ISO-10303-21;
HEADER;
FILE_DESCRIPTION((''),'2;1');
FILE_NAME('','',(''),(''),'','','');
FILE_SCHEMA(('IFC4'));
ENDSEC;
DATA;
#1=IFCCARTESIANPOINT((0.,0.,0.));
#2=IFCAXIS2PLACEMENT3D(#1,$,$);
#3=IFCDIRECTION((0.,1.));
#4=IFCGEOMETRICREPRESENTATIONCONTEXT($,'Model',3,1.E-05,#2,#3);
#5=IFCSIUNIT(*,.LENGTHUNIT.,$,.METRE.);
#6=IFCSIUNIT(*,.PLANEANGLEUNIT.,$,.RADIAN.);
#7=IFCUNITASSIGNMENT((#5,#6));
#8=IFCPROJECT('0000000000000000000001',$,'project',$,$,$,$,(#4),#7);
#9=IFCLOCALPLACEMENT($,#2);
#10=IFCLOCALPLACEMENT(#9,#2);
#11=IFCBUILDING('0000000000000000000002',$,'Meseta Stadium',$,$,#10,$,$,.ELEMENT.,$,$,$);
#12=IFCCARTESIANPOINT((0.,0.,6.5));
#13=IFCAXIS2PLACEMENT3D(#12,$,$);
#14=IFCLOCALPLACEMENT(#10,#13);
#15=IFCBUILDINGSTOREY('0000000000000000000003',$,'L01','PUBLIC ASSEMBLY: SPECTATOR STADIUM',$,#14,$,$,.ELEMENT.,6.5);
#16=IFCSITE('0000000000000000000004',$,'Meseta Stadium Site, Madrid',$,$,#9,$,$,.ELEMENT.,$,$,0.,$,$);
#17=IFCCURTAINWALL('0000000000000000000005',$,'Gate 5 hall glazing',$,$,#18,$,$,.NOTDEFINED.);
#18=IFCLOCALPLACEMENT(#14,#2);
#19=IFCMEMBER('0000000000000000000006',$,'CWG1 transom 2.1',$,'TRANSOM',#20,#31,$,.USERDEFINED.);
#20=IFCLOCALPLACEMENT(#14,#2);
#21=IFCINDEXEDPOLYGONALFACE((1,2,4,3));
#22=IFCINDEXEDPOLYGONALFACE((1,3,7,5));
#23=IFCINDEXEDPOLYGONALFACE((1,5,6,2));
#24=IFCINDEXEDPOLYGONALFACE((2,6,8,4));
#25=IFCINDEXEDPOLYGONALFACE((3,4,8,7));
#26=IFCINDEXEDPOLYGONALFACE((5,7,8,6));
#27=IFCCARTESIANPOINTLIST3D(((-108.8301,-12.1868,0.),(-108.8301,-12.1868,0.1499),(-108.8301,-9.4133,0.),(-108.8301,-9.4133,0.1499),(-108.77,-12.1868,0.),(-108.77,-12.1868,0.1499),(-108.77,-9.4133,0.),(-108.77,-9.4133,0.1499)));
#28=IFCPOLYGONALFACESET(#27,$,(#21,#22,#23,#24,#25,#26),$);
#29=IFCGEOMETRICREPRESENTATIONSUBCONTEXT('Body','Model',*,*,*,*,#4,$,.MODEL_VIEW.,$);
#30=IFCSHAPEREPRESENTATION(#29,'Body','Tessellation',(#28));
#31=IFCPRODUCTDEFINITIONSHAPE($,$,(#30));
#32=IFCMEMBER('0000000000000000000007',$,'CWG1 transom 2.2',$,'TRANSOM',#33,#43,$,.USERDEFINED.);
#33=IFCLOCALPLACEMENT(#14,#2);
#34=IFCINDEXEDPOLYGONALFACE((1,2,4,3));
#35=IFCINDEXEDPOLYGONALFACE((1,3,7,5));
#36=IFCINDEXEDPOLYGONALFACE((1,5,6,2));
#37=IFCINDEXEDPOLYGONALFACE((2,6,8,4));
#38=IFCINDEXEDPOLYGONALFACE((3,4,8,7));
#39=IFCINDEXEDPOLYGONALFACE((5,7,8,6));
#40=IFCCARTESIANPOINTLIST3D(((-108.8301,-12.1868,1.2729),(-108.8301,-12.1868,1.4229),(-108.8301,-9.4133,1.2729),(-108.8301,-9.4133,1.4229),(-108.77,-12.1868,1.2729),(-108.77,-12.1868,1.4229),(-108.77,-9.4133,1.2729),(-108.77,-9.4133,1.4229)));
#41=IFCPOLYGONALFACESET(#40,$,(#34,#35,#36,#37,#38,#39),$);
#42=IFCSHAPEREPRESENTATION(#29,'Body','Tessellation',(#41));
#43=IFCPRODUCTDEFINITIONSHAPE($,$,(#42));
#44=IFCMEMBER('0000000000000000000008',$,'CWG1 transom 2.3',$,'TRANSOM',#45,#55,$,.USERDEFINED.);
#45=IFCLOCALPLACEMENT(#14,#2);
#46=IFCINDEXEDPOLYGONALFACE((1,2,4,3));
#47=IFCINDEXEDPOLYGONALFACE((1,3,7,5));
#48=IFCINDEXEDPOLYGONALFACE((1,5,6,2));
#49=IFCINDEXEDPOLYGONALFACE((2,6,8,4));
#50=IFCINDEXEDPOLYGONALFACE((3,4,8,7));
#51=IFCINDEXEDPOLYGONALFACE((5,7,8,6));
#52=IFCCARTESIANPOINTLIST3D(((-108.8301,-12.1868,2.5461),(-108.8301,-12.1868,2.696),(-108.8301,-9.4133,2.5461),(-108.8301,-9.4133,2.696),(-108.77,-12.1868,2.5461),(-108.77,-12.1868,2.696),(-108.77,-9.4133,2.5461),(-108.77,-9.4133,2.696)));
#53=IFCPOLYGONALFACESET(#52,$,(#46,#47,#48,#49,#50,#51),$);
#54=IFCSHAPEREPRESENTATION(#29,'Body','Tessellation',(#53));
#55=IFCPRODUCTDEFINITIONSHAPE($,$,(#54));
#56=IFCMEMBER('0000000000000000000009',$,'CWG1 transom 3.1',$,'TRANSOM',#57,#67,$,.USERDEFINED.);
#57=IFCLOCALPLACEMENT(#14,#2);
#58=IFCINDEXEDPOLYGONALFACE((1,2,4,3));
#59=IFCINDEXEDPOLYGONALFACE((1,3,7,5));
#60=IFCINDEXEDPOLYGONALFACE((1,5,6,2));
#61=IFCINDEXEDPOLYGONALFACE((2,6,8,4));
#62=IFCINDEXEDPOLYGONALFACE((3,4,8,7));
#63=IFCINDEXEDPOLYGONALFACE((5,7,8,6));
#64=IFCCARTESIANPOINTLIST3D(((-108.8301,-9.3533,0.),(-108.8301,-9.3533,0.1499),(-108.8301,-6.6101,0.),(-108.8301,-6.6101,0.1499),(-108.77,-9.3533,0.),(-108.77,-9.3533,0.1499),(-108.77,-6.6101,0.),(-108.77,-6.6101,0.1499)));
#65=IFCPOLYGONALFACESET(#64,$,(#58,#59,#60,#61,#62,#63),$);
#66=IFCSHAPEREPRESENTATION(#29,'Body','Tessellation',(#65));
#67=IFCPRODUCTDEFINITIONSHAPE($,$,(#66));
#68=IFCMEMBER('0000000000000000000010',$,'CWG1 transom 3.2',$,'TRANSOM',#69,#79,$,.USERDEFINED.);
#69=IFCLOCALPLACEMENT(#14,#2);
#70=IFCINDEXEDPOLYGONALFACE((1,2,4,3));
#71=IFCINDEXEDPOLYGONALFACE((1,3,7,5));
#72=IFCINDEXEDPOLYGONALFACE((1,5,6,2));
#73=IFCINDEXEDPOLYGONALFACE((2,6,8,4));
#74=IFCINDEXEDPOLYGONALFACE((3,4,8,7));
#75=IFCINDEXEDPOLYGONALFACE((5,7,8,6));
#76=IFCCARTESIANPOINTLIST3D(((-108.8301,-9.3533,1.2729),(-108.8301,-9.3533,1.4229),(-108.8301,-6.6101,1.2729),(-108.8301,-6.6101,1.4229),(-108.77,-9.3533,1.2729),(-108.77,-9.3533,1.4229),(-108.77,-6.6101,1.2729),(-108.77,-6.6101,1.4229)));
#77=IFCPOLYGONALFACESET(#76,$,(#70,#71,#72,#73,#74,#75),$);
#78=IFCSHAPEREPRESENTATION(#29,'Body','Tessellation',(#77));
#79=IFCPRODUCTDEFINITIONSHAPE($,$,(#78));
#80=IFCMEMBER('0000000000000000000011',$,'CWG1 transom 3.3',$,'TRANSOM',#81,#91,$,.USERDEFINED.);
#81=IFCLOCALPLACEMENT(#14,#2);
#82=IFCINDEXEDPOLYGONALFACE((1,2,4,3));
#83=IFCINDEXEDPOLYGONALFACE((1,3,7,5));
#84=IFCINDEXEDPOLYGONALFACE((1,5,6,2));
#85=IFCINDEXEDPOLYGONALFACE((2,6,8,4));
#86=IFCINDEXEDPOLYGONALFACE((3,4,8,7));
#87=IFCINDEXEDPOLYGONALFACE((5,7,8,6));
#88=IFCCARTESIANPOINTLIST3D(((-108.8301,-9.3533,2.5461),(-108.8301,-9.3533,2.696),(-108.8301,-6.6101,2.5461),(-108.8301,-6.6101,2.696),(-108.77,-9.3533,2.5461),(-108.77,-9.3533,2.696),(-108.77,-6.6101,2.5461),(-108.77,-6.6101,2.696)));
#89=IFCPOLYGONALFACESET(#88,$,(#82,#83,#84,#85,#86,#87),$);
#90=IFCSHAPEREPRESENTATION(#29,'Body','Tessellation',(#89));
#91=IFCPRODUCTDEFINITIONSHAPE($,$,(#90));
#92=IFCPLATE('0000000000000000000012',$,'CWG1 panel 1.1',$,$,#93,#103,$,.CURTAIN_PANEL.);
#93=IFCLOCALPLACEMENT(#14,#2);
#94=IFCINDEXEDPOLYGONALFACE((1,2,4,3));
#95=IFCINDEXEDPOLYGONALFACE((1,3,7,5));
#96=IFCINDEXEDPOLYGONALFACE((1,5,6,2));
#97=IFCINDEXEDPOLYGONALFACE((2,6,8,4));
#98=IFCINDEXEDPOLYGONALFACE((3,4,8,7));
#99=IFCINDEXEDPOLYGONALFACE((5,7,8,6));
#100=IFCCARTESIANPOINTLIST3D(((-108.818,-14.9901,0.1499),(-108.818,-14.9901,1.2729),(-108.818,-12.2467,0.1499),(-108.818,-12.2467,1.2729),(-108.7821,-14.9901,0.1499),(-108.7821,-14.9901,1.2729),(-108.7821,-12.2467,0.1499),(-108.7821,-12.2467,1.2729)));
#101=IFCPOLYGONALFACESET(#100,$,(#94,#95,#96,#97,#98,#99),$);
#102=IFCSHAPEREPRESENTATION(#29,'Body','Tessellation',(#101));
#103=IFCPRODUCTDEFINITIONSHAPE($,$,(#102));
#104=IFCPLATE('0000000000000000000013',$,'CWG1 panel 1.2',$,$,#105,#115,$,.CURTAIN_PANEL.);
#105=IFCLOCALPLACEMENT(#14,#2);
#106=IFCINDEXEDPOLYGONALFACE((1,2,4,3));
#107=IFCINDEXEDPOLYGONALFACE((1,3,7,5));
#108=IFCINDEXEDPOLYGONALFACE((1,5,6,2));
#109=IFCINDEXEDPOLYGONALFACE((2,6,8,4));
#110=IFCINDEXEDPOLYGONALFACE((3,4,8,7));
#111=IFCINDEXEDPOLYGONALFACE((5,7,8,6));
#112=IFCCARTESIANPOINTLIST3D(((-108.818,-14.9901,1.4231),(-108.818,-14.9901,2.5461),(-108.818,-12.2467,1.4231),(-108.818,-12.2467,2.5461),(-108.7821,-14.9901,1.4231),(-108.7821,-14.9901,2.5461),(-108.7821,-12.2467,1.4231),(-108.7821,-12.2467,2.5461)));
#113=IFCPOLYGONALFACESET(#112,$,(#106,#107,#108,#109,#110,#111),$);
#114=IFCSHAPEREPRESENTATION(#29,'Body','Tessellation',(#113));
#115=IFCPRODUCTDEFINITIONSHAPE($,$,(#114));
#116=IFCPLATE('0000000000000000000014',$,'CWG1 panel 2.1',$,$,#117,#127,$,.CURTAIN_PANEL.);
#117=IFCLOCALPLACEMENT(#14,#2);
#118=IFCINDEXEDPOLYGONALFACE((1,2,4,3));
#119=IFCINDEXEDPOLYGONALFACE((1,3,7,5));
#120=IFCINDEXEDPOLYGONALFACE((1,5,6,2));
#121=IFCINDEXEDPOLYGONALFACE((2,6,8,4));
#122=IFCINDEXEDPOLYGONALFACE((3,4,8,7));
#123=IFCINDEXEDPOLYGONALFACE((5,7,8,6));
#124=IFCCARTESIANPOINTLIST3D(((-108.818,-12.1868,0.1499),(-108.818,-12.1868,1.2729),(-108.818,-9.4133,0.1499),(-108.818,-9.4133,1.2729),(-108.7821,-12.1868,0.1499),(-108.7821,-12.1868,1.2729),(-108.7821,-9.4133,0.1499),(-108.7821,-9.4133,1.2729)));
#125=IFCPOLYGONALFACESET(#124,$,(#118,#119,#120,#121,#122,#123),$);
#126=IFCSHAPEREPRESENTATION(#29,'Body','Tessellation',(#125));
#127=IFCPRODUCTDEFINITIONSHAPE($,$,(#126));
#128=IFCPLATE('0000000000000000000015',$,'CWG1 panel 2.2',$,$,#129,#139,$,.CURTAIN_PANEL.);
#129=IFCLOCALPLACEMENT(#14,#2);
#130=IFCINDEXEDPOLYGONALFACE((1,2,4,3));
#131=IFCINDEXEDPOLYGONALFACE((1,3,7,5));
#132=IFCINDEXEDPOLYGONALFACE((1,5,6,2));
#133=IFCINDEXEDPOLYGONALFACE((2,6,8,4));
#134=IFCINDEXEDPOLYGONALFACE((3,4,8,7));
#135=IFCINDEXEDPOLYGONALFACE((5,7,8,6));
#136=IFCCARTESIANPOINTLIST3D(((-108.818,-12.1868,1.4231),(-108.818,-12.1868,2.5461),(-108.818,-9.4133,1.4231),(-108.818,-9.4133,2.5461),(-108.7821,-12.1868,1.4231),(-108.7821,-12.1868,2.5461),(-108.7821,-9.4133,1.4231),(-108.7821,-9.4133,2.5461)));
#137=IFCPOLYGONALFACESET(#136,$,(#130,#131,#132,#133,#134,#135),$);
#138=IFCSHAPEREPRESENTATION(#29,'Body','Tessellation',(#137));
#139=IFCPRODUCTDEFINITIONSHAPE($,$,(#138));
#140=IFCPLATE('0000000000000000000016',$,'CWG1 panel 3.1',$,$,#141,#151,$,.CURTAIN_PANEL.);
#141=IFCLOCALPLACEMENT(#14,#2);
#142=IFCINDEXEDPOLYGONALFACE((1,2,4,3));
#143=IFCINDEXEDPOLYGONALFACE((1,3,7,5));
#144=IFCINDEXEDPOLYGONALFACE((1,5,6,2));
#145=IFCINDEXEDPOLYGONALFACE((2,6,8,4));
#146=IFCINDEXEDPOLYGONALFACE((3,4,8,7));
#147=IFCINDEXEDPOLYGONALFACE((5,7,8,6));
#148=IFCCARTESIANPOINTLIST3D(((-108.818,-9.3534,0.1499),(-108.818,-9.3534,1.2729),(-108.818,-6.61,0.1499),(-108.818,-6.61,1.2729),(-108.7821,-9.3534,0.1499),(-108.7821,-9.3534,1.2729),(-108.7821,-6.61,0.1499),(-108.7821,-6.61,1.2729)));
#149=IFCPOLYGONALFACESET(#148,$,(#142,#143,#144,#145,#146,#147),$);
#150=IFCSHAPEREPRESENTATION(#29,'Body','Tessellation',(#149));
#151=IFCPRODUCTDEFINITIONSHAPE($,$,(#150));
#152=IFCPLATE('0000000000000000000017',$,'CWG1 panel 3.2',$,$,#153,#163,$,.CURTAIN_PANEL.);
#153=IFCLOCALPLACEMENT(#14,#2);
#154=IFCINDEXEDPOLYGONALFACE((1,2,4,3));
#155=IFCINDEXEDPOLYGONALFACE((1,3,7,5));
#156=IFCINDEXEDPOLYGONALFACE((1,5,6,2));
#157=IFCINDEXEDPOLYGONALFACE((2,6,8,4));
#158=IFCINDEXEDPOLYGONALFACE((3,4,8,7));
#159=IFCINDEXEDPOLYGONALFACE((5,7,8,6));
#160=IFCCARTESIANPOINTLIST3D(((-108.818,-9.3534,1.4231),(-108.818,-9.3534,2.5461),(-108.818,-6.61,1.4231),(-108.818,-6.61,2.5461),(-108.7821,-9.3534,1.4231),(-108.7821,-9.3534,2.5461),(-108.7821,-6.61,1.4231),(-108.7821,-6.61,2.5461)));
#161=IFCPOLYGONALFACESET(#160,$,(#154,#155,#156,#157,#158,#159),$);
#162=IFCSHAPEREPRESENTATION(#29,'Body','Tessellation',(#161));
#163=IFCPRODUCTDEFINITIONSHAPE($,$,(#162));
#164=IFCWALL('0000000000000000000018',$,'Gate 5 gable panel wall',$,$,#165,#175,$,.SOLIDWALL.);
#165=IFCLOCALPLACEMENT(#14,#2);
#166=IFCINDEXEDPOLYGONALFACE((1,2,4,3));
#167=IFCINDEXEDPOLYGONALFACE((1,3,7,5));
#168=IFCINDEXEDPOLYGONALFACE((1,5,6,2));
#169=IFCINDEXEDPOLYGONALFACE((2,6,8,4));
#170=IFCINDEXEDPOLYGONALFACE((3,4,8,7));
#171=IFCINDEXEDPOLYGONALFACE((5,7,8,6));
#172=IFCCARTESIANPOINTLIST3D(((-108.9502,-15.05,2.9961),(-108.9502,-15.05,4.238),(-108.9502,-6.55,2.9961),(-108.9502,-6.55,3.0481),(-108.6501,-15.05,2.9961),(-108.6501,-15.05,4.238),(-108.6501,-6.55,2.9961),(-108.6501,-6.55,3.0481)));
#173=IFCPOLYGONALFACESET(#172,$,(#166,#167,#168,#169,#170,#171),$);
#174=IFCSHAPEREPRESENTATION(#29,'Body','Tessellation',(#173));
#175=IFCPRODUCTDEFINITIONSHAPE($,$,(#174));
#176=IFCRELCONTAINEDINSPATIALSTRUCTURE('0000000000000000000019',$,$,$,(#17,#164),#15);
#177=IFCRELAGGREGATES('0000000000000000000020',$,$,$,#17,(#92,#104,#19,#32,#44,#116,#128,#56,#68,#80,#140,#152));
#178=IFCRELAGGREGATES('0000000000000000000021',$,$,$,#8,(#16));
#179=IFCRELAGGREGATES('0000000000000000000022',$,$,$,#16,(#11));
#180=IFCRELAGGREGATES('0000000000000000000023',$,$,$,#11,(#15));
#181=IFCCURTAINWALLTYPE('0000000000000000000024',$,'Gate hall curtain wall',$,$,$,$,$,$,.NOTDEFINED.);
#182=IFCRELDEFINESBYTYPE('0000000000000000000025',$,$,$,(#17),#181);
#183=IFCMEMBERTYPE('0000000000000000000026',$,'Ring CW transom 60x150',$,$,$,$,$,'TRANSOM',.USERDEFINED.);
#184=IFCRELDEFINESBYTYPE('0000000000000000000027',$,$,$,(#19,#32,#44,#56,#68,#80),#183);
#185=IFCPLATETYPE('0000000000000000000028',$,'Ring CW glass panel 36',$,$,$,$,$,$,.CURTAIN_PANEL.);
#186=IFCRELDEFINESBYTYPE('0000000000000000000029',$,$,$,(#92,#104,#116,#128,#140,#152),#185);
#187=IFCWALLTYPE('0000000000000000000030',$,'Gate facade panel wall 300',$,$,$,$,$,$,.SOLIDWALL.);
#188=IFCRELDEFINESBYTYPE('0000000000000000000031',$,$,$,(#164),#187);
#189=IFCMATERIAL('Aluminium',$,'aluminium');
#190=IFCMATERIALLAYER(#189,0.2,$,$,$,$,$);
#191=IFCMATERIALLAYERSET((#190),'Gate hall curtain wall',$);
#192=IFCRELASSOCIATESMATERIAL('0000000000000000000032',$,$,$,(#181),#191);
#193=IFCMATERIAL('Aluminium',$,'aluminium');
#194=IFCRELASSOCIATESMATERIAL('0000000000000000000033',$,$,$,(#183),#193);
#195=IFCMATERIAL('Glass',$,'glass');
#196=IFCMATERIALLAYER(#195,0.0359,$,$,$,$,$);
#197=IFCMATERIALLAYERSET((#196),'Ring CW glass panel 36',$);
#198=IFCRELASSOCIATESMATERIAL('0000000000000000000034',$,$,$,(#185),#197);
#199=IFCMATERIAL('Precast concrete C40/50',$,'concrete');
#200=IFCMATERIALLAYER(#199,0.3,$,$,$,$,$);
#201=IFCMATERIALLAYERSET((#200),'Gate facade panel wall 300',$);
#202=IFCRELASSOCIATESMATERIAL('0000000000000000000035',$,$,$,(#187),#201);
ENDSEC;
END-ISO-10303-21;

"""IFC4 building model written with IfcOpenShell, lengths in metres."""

from ifc_helpers import new_model, si_unit, direction, frame, origin, origin_2d, place, context, subcontext, project, spatial, polyline, rectangle, outline, extrude, material, layer, layer_set, material_profile, profile_set, type_object, element, aggregate, save


model = new_model("IFC4")

# Units and contexts
model_context = context("Model", 3, precision=1e-05, world=origin(), true_north=direction((0.0, 1.0)))
body_context = subcontext(model_context, "Body", "Model", "MODEL_VIEW")
ifc_project = project(units=[si_unit("LENGTHUNIT", "METRE"), si_unit("PLANEANGLEUNIT", "RADIAN")], contexts=[model_context])

# Site, building, storey
site_placement = place(None, origin())
site = spatial("IfcSite", under=ifc_project, at=site_placement, Name="Meseta Stadium Site, Madrid", CompositionType="ELEMENT", RefElevation=0.0)
building_placement = place(site_placement, origin())
building = spatial("IfcBuilding", under=site, at=building_placement, Name="Meseta Stadium", CompositionType="ELEMENT")
storey_placement = place(building_placement, frame((0.0, 0.0, 6.5)))
storey = spatial("IfcBuildingStorey", under=building, at=storey_placement, Name="L01", Description="PUBLIC ASSEMBLY: SPECTATOR STADIUM", CompositionType="ELEMENT", Elevation=6.5)

# Curtain wall, members, plates
ifc_material_1 = material(Name="Aluminium", Category="aluminium")
ifc_layer_1 = layer(ifc_material_1, 0.2)
ifc_layer_set_1 = layer_set([ifc_layer_1], Name="Gate hall curtain wall")
curtain_wall_type = type_object("IfcCurtainWallType", Name="Gate hall curtain wall", PredefinedType="NOTDEFINED", material=ifc_layer_set_1)
curtain_wall_placement = place(storey_placement, origin())
curtain_wall = element("IfcCurtainWall", 1, at=curtain_wall_placement, inside=storey, type_object=curtain_wall_type, Name="Gate 5 hall glazing", PredefinedType="NOTDEFINED")
ifc_material_2 = material(Name="Aluminium", Category="aluminium")
ifc_material_profile_1 = material_profile(ifc_material_2, rectangle(XDim=0.0601, YDim=0.1499, at=origin_2d()), Name="CW 60x150")
ifc_profile_set_1 = profile_set([ifc_material_profile_1], Name="Aluminium")
member_type_1 = type_object("IfcMemberType", Name="Ring CW transom 60x150", ElementType="TRANSOM", PredefinedType="USERDEFINED", material=ifc_profile_set_1)
member_1_placement = place(storey_placement, frame((-108.8, -12.1868, 0.075), z_axis=(0.0, 1.0, 0.0), x_axis=(-1.0, 0.0, 0.0)))
member_1 = element("IfcMember", 2, at=member_1_placement, type_object=member_type_1, Name="CWG1 transom 2.1", ObjectType="TRANSOM", PredefinedType="USERDEFINED", context=body_context, shape_type="SweptSolid", body=[
    extrude(rectangle(XDim=0.0601, YDim=0.1499, at=origin_2d()), origin(), (0.0, 0.0, 1.0), 2.7734),
])
member_2_placement = place(storey_placement, frame((-108.8, -12.1868, 1.3479), z_axis=(0.0, 1.0, 0.0), x_axis=(-1.0, 0.0, 0.0)))
member_2 = element("IfcMember", 3, at=member_2_placement, type_object=member_type_1, Name="CWG1 transom 2.2", ObjectType="TRANSOM", PredefinedType="USERDEFINED", context=body_context, shape_type="SweptSolid", body=[
    extrude(rectangle(XDim=0.0601, YDim=0.1499, at=origin_2d()), origin(), (0.0, 0.0, 1.0), 2.7734),
])
member_3_placement = place(storey_placement, frame((-108.8, -12.1868, 2.6211), z_axis=(0.0, 1.0, 0.0), x_axis=(-1.0, 0.0, 0.0)))
member_3 = element("IfcMember", 4, at=member_3_placement, type_object=member_type_1, Name="CWG1 transom 2.3", ObjectType="TRANSOM", PredefinedType="USERDEFINED", context=body_context, shape_type="SweptSolid", body=[
    extrude(rectangle(XDim=0.0601, YDim=0.1499, at=origin_2d()), origin(), (0.0, 0.0, 1.0), 2.7734),
])
member_4_placement = place(storey_placement, frame((-108.8, -9.3533, 0.075), z_axis=(0.0, 1.0, 0.0), x_axis=(-1.0, 0.0, 0.0)))
member_4 = element("IfcMember", 5, at=member_4_placement, type_object=member_type_1, Name="CWG1 transom 3.1", ObjectType="TRANSOM", PredefinedType="USERDEFINED", context=body_context, shape_type="SweptSolid", body=[
    extrude(rectangle(XDim=0.0601, YDim=0.1499, at=origin_2d()), origin(), (0.0, 0.0, 1.0), 2.7432),
])
member_5_placement = place(storey_placement, frame((-108.8, -9.3533, 1.3479), z_axis=(0.0, 1.0, 0.0), x_axis=(-1.0, 0.0, 0.0)))
member_5 = element("IfcMember", 6, at=member_5_placement, type_object=member_type_1, Name="CWG1 transom 3.2", ObjectType="TRANSOM", PredefinedType="USERDEFINED", context=body_context, shape_type="SweptSolid", body=[
    extrude(rectangle(XDim=0.0601, YDim=0.1499, at=origin_2d()), origin(), (0.0, 0.0, 1.0), 2.7432),
])
member_6_placement = place(storey_placement, frame((-108.8, -9.3533, 2.6211), z_axis=(0.0, 1.0, 0.0), x_axis=(-1.0, 0.0, 0.0)))
member_6 = element("IfcMember", 7, at=member_6_placement, type_object=member_type_1, Name="CWG1 transom 3.3", ObjectType="TRANSOM", PredefinedType="USERDEFINED", context=body_context, shape_type="SweptSolid", body=[
    extrude(rectangle(XDim=0.0601, YDim=0.1499, at=origin_2d()), origin(), (0.0, 0.0, 1.0), 2.7432),
])
ifc_material_3 = material(Name="Glass", Category="glass")
ifc_layer_2 = layer(ifc_material_3, 0.0359)
ifc_layer_set_2 = layer_set([ifc_layer_2], Name="Ring CW glass panel 36")
plate_type = type_object("IfcPlateType", Name="Ring CW glass panel 36", PredefinedType="CURTAIN_PANEL", material=ifc_layer_set_2)
plate_1_placement = place(storey_placement, frame((-108.8, -13.6184, 0.1499), z_axis=(0.0, 0.0, 1.0), x_axis=(0.0, 1.0, 0.0)))
plate_1 = element("IfcPlate", 8, at=plate_1_placement, type_object=plate_type, Name="CWG1 panel 1.1", PredefinedType="CURTAIN_PANEL", context=body_context, shape_type="SweptSolid", body=[
    extrude(rectangle(XDim=2.7434, YDim=0.0359, at=origin_2d()), origin(), (0.0, 0.0, 1.0), 1.123),
])
plate_2_placement = place(storey_placement, frame((-108.8, -13.6184, 1.4231), z_axis=(0.0, 0.0, 1.0), x_axis=(0.0, 1.0, 0.0)))
plate_2 = element("IfcPlate", 9, at=plate_2_placement, type_object=plate_type, Name="CWG1 panel 1.2", PredefinedType="CURTAIN_PANEL", context=body_context, shape_type="SweptSolid", body=[
    extrude(rectangle(XDim=2.7434, YDim=0.0359, at=origin_2d()), origin(), (0.0, 0.0, 1.0), 1.123),
])
plate_3_placement = place(storey_placement, frame((-108.8, -10.8, 0.1499), z_axis=(0.0, 0.0, 1.0), x_axis=(0.0, 1.0, 0.0)))
plate_3 = element("IfcPlate", 10, at=plate_3_placement, type_object=plate_type, Name="CWG1 panel 2.1", PredefinedType="CURTAIN_PANEL", context=body_context, shape_type="SweptSolid", body=[
    extrude(rectangle(XDim=2.7734, YDim=0.0359, at=origin_2d()), origin(), (0.0, 0.0, 1.0), 1.123),
])
plate_4_placement = place(storey_placement, frame((-108.8, -10.8, 1.4231), z_axis=(0.0, 0.0, 1.0), x_axis=(0.0, 1.0, 0.0)))
plate_4 = element("IfcPlate", 11, at=plate_4_placement, type_object=plate_type, Name="CWG1 panel 2.2", PredefinedType="CURTAIN_PANEL", context=body_context, shape_type="SweptSolid", body=[
    extrude(rectangle(XDim=2.7734, YDim=0.0359, at=origin_2d()), origin(), (0.0, 0.0, 1.0), 1.123),
])
plate_5_placement = place(storey_placement, frame((-108.8, -7.9817, 0.1499), z_axis=(0.0, 0.0, 1.0), x_axis=(0.0, 1.0, 0.0)))
plate_5 = element("IfcPlate", 12, at=plate_5_placement, type_object=plate_type, Name="CWG1 panel 3.1", PredefinedType="CURTAIN_PANEL", context=body_context, shape_type="SweptSolid", body=[
    extrude(rectangle(XDim=2.7434, YDim=0.0359, at=origin_2d()), origin(), (0.0, 0.0, 1.0), 1.123),
])
plate_6_placement = place(storey_placement, frame((-108.8, -7.9817, 1.4231), z_axis=(0.0, 0.0, 1.0), x_axis=(0.0, 1.0, 0.0)))
plate_6 = element("IfcPlate", 13, at=plate_6_placement, type_object=plate_type, Name="CWG1 panel 3.2", PredefinedType="CURTAIN_PANEL", context=body_context, shape_type="SweptSolid", body=[
    extrude(rectangle(XDim=2.7434, YDim=0.0359, at=origin_2d()), origin(), (0.0, 0.0, 1.0), 1.123),
])
aggregate(curtain_wall, [plate_1, plate_2, member_1, member_2, member_3, plate_3, plate_4, member_4, member_5, member_6, plate_5, plate_6])

# Wall
ifc_material_4 = material(Name="Precast concrete C40/50", Category="concrete")
ifc_layer_3 = layer(ifc_material_4, 0.3)
ifc_layer_set_3 = layer_set([ifc_layer_3], Name="Gate facade panel wall 300")
wall_type = type_object("IfcWallType", Name="Gate facade panel wall 300", PredefinedType="SOLIDWALL", material=ifc_layer_set_3)
wall_placement = place(storey_placement, frame((-108.8, -6.55, 2.9961), z_axis=(0.0, 0.0, 1.0), x_axis=(0.0, -1.0, 0.0)))
element("IfcWall", 14, at=wall_placement, inside=storey, type_object=wall_type, Name="Gate 5 gable panel wall", PredefinedType="SOLIDWALL", context=body_context, shape_type="SweptSolid", body=[
    extrude(outline(polyline([(0.0, 0.0), (8.5, 0.0), (8.5, 1.2419), (0.0, 0.052), (0.0, 0.0)])), frame((0.0, 0.1499, 0.0), z_axis=(0.0, -1.0, 0.0), x_axis=(1.0, 0.0, 0.0)), (0.0, 0.0, 1.0), 0.3),
])

save(model, "model.ifc")
